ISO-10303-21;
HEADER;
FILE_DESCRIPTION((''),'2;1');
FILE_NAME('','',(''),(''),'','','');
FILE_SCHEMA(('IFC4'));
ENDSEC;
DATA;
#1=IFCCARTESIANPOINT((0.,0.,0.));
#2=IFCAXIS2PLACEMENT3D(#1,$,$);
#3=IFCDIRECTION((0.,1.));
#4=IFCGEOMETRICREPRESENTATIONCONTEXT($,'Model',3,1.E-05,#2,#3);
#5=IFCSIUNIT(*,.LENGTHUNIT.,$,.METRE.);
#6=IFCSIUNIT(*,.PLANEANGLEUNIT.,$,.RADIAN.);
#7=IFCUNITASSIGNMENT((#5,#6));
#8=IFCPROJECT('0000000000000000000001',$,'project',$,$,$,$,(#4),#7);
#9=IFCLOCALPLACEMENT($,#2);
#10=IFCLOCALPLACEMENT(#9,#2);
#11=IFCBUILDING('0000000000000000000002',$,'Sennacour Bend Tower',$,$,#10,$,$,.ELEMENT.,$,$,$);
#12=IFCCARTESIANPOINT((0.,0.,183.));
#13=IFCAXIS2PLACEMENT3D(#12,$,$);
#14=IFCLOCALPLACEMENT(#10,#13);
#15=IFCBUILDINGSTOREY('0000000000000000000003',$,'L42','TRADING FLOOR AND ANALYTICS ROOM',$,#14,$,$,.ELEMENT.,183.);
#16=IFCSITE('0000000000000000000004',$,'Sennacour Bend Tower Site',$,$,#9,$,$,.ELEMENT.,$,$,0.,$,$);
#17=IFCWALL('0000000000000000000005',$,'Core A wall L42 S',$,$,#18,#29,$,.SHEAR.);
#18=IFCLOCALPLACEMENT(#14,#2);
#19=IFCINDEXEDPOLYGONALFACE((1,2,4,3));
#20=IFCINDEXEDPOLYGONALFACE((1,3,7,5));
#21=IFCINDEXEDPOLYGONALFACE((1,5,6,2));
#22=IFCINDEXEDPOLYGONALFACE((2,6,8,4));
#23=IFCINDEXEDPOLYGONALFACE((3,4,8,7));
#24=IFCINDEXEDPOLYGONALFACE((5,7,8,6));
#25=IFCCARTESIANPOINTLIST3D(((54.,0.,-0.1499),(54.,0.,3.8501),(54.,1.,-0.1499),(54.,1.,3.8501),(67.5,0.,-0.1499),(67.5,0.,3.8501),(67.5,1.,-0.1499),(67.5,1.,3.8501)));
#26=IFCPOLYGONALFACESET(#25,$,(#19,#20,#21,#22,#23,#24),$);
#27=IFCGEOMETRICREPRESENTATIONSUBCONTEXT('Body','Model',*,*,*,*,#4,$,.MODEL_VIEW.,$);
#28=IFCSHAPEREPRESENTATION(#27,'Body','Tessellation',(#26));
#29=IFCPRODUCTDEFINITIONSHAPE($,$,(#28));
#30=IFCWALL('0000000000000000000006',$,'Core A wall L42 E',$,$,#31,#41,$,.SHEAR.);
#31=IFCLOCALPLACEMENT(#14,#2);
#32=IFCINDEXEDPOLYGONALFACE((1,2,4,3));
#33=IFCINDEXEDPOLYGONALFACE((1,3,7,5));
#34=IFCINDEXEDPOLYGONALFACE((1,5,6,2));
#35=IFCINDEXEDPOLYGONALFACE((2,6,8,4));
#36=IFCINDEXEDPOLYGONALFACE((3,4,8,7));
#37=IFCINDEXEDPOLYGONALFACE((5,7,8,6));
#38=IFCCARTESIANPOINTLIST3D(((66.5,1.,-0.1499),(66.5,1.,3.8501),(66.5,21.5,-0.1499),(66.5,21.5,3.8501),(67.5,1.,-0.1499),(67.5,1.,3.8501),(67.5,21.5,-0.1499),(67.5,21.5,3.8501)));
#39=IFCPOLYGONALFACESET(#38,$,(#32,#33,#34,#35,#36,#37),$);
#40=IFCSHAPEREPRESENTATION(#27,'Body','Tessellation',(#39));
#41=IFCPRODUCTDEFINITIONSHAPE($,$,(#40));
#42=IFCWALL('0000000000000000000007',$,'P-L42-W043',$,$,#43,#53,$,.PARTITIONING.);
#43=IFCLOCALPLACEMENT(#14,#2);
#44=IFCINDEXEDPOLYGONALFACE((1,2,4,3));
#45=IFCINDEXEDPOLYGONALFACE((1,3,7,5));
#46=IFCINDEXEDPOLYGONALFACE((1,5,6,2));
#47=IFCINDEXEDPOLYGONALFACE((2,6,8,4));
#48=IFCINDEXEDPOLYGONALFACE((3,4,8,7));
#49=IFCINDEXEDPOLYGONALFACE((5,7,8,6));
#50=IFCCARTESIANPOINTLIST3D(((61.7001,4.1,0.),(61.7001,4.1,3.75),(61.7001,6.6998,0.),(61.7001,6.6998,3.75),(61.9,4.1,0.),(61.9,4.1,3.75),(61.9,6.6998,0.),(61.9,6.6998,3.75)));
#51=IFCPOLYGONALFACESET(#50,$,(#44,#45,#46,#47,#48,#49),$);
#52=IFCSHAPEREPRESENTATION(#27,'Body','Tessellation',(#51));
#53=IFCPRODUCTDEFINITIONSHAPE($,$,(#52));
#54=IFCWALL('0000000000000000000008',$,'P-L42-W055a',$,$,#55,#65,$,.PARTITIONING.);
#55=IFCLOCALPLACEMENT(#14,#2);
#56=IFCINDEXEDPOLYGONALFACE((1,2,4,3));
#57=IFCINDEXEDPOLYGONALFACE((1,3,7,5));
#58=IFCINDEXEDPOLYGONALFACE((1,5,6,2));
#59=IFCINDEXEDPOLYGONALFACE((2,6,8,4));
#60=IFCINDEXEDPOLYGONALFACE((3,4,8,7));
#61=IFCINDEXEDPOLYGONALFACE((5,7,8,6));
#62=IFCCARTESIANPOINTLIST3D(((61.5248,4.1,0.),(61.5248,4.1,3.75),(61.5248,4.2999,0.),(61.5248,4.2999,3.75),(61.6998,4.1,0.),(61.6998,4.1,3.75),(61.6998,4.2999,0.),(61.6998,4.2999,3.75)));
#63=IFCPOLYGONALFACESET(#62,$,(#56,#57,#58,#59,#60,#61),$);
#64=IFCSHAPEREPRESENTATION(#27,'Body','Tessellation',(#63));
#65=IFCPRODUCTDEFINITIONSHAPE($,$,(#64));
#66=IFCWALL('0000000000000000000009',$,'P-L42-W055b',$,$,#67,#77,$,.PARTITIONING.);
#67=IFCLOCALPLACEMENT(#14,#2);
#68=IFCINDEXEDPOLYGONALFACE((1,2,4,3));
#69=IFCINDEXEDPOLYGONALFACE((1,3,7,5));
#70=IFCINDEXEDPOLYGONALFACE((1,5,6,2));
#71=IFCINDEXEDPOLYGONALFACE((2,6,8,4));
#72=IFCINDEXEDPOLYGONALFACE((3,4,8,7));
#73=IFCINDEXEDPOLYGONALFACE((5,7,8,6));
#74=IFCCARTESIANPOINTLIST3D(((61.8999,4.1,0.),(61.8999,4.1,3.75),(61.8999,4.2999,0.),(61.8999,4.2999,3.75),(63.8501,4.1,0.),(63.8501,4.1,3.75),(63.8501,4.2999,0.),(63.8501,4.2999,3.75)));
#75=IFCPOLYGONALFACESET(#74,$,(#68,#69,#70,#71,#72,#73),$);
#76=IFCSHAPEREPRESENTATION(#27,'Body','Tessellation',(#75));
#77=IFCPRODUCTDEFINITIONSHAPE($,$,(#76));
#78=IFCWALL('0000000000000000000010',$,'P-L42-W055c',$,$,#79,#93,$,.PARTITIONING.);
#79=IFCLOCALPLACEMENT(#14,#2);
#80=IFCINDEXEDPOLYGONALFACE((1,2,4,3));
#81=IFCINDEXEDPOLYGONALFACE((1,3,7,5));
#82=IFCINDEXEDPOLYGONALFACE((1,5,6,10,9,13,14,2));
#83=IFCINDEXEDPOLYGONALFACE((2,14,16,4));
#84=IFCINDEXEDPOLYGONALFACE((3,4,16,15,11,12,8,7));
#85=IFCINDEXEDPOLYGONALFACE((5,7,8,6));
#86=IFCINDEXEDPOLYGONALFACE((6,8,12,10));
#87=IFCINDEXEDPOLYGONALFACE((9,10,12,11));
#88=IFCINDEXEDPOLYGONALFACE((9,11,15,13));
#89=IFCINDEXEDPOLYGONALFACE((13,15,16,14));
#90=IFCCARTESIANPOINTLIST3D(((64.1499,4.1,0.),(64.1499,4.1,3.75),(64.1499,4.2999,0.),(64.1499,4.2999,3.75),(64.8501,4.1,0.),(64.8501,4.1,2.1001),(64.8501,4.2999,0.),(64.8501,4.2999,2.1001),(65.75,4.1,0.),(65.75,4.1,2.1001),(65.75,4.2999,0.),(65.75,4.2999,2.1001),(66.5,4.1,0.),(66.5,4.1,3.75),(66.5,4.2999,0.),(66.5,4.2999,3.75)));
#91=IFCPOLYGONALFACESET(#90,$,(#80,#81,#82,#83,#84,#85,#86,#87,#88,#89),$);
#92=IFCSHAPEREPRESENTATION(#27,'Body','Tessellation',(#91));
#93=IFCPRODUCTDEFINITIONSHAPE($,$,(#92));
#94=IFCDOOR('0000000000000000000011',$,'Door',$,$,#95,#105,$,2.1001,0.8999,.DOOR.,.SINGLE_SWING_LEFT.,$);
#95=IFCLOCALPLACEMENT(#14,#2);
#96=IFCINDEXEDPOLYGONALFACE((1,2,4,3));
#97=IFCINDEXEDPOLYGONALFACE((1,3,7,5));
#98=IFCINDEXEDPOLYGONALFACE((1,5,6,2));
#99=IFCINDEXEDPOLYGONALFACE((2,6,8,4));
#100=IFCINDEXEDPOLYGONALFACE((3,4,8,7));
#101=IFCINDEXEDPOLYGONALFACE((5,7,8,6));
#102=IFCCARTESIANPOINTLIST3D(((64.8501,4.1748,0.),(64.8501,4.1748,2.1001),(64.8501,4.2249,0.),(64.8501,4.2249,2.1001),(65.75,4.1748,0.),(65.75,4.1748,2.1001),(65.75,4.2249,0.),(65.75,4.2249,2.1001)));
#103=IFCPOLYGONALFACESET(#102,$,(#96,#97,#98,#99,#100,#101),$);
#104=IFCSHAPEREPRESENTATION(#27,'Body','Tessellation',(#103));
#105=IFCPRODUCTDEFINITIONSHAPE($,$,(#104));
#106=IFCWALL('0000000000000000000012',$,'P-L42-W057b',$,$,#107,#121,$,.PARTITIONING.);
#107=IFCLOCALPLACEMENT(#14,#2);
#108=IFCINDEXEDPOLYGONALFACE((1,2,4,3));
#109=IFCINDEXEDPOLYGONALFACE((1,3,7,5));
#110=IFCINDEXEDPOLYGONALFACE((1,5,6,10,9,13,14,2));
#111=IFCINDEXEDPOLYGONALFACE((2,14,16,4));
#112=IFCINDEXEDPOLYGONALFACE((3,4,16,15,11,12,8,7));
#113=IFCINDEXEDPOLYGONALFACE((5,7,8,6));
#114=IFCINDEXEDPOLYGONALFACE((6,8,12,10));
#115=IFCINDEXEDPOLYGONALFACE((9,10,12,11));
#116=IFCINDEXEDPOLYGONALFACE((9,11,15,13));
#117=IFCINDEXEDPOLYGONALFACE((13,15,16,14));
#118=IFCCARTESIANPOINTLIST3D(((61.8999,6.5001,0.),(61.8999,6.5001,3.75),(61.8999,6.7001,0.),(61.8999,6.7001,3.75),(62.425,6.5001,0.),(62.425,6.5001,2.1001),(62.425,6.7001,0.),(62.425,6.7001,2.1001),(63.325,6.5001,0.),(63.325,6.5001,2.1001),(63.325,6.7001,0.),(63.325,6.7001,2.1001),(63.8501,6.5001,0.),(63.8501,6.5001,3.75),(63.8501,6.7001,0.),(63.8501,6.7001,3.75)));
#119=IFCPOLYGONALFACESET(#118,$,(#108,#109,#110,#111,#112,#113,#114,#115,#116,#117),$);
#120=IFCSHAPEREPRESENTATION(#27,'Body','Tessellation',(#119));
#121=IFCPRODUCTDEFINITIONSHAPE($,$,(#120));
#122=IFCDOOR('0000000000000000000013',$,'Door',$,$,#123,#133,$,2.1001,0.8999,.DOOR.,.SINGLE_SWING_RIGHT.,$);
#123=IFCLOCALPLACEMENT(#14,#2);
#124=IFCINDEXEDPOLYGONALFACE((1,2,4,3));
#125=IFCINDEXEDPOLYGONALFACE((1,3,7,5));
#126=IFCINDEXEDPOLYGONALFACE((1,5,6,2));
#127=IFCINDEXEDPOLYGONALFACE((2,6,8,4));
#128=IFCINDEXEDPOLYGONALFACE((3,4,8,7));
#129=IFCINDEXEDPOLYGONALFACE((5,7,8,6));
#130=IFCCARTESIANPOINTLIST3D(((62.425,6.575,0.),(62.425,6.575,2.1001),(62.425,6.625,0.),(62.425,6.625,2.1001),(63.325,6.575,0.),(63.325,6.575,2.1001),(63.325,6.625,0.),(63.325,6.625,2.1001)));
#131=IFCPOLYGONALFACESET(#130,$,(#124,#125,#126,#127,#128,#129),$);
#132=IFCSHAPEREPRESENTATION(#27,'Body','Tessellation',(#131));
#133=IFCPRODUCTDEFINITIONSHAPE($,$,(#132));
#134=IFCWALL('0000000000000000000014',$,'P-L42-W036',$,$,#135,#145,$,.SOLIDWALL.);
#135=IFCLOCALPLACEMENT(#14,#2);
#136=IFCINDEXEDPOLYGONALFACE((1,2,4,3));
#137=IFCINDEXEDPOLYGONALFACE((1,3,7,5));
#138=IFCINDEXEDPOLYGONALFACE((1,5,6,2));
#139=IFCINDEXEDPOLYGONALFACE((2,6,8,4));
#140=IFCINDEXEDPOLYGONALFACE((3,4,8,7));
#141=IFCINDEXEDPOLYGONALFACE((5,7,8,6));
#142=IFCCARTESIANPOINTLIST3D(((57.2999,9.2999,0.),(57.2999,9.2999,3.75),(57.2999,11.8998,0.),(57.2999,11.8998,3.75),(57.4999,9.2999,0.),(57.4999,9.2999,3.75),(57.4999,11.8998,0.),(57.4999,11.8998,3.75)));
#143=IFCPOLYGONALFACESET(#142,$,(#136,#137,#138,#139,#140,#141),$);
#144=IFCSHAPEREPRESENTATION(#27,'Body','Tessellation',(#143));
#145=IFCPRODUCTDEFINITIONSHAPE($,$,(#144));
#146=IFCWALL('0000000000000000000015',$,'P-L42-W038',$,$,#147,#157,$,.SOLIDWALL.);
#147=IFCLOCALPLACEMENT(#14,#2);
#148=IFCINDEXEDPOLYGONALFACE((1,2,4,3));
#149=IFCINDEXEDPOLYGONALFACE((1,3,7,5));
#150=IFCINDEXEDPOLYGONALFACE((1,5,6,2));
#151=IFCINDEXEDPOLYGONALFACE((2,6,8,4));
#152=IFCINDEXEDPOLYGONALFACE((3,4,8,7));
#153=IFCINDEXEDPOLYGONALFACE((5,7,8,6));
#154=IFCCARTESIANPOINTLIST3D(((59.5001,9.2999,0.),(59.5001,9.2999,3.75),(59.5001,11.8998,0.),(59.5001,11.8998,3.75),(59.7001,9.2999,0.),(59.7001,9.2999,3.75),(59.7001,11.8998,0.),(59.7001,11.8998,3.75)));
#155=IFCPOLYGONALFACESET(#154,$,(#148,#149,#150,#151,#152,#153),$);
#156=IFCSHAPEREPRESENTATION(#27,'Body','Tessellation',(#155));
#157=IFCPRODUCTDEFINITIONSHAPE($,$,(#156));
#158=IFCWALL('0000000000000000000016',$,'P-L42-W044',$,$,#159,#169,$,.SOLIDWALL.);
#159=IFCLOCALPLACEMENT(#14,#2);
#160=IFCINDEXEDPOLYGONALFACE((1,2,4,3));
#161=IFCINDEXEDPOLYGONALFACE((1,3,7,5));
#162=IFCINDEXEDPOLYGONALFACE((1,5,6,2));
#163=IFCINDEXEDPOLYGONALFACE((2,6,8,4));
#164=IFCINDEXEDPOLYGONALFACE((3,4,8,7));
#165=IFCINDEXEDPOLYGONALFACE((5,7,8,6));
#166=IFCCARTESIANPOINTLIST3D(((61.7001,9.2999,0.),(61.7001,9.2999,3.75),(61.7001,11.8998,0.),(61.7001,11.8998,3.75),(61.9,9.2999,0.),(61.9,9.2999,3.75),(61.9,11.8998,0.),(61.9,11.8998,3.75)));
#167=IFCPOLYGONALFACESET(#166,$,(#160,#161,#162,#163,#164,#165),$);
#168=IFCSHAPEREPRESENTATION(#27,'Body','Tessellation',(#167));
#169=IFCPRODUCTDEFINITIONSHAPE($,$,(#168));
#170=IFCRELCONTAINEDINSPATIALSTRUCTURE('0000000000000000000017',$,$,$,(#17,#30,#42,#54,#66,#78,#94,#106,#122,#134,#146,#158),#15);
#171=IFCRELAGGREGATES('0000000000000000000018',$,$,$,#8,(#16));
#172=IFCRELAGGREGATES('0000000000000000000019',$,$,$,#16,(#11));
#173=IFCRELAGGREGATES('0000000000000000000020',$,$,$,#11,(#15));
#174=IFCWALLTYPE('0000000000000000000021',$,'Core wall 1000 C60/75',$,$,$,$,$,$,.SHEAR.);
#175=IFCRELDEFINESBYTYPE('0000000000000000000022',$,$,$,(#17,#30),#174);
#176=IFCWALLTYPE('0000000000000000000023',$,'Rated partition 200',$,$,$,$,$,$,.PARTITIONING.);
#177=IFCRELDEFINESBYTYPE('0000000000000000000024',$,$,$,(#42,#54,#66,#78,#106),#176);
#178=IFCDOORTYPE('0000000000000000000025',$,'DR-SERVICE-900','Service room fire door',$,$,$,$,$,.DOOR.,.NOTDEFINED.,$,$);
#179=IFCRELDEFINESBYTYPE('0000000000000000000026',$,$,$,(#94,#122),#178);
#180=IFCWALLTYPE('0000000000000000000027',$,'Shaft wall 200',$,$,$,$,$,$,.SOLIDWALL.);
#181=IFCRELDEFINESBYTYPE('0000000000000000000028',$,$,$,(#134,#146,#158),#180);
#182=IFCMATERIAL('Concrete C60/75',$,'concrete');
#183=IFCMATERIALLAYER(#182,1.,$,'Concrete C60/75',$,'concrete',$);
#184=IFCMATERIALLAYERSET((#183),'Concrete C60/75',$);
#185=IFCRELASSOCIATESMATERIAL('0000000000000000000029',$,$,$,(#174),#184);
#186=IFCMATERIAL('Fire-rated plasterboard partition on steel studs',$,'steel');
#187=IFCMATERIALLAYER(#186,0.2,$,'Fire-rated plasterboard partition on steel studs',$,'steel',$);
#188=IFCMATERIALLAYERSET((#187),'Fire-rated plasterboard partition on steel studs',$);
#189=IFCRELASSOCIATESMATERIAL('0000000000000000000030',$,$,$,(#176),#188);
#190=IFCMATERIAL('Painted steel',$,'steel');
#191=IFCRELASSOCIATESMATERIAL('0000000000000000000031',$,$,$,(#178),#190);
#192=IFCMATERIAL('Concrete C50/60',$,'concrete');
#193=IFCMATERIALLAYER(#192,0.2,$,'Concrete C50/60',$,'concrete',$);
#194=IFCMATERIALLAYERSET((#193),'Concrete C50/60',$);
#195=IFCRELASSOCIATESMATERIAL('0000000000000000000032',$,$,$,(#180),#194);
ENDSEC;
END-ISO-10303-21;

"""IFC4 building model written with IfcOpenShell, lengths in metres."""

from ifc_helpers import new_model, si_unit, direction, frame, frame_2d, origin, place, context, subcontext, project, spatial, rectangle, extrude, material, layer, layer_set, type_object, element, fill, save


model = new_model("IFC4")

# Units and contexts
model_context = context("Model", 3, precision=1e-05, world=origin(), true_north=direction((0.0, 1.0)))
body_context = subcontext(model_context, "Body", "Model", "MODEL_VIEW")
ifc_project = project(units=[si_unit("LENGTHUNIT", "METRE"), si_unit("PLANEANGLEUNIT", "RADIAN")], contexts=[model_context])

# Site, building, storey
site_placement = place(None, origin())
site = spatial("IfcSite", under=ifc_project, at=site_placement, Name="Sennacour Bend Tower Site", CompositionType="ELEMENT", RefElevation=0.0)
building_placement = place(site_placement, origin())
building = spatial("IfcBuilding", under=site, at=building_placement, Name="Sennacour Bend Tower", CompositionType="ELEMENT")
storey_placement = place(building_placement, frame((0.0, 0.0, 183.0)))
storey = spatial("IfcBuildingStorey", under=building, at=storey_placement, Name="L42", Description="TRADING FLOOR AND ANALYTICS ROOM", CompositionType="ELEMENT", Elevation=183.0)

# Walls
ifc_material_1 = material(Name="Concrete C60/75", Category="concrete")
ifc_layer_1 = layer(ifc_material_1, 1.0, Name="Concrete C60/75", Category="concrete")
ifc_layer_set_1 = layer_set([ifc_layer_1], Name="Concrete C60/75")
wall_type_1 = type_object("IfcWallType", Name="Core wall 1000 C60/75", PredefinedType="SHEAR", material=ifc_layer_set_1)
wall_1_placement = place(storey_placement, frame((67.5, 0.5, -0.1499), z_axis=(0.0, 0.0, 1.0), x_axis=(-1.0, 0.0, 0.0)))
element("IfcWall", 1, at=wall_1_placement, inside=storey, type_object=wall_type_1, Name="Core A wall L42 S", PredefinedType="SHEAR", context=body_context, shape_type="SweptSolid", body=[
    extrude(rectangle(XDim=13.5, YDim=1.0, at=frame_2d((6.75, 0.0))), origin(), (0.0, 0.0, 1.0), 4.0),
])
wall_2_placement = place(storey_placement, frame((67.0, 1.0, -0.1499), z_axis=(0.0, 0.0, 1.0), x_axis=(0.0, 1.0, 0.0)))
element("IfcWall", 2, at=wall_2_placement, inside=storey, type_object=wall_type_1, Name="Core A wall L42 E", PredefinedType="SHEAR", context=body_context, shape_type="SweptSolid", body=[
    extrude(rectangle(XDim=20.5, YDim=1.0, at=frame_2d((10.25, 0.0))), origin(), (0.0, 0.0, 1.0), 4.0),
])
ifc_material_2 = material(Name="Fire-rated plasterboard partition on steel studs", Category="steel")
ifc_layer_2 = layer(ifc_material_2, 0.2, Name="Fire-rated plasterboard partition on steel studs", Category="steel")
ifc_layer_set_2 = layer_set([ifc_layer_2], Name="Fire-rated plasterboard partition on steel studs")
wall_type_2 = type_object("IfcWallType", Name="Rated partition 200", PredefinedType="PARTITIONING", material=ifc_layer_set_2)
wall_3_placement = place(storey_placement, frame((61.8, 4.1001, 0.0), z_axis=(0.0, 0.0, 1.0), x_axis=(0.0, 1.0, 0.0)))
element("IfcWall", 3, at=wall_3_placement, inside=storey, type_object=wall_type_2, Name="P-L42-W043", PredefinedType="PARTITIONING", context=body_context, shape_type="SweptSolid", body=[
    extrude(rectangle(XDim=2.5999, YDim=0.2, at=frame_2d((1.2998, 0.0))), origin(), (0.0, 0.0, 1.0), 3.75),
])
wall_4_placement = place(storey_placement, frame((61.5249, 4.2, 0.0), z_axis=(0.0, 0.0, 1.0), x_axis=(1.0, 0.0, 0.0)))
element("IfcWall", 4, at=wall_4_placement, inside=storey, type_object=wall_type_2, Name="P-L42-W055a", PredefinedType="PARTITIONING", context=body_context, shape_type="SweptSolid", body=[
    extrude(rectangle(XDim=0.175, YDim=0.2, at=frame_2d((0.0874, 0.0))), origin(), (0.0, 0.0, 1.0), 3.75),
])
wall_5_placement = place(storey_placement, frame((61.8999, 4.2, 0.0), z_axis=(0.0, 0.0, 1.0), x_axis=(1.0, 0.0, 0.0)))
element("IfcWall", 5, at=wall_5_placement, inside=storey, type_object=wall_type_2, Name="P-L42-W055b", PredefinedType="PARTITIONING", context=body_context, shape_type="SweptSolid", body=[
    extrude(rectangle(XDim=1.9502, YDim=0.2, at=frame_2d((0.9751, 0.0))), origin(), (0.0, 0.0, 1.0), 3.75),
])

# Walls, openings, doors
wall_6_placement = place(storey_placement, frame((64.1499, 4.2, 0.0), z_axis=(0.0, 0.0, 1.0), x_axis=(1.0, 0.0, 0.0)))
wall_6 = element("IfcWall", 6, at=wall_6_placement, inside=storey, type_object=wall_type_2, Name="P-L42-W055c", PredefinedType="PARTITIONING", context=body_context, shape_type="SweptSolid", body=[
    extrude(rectangle(XDim=2.3501, YDim=0.2, at=frame_2d((1.175, 0.0))), origin(), (0.0, 0.0, 1.0), 3.75),
])
opening_1_placement = place(wall_6_placement, frame((0.7002, 0.0, 0.0)))
opening_1 = element("IfcOpeningElement", 7, at=opening_1_placement, cuts=wall_6, PredefinedType="OPENING", context=body_context, shape_type="SweptSolid", body=[
    extrude(rectangle(XDim=0.8999, YDim=2.1001, at=frame_2d((0.45, 1.05))), frame((0.0, 0.1099, 0.0), z_axis=(0.0, -1.0, 0.0), x_axis=(1.0, 0.0, 0.0)), (0.0, 0.0, 1.0), 0.22),
])
ifc_material_3 = material(Name="Painted steel", Category="steel")
door_type_1 = type_object("IfcDoorType", Name="DR-SERVICE-900", Description="Service room fire door", OperationType="NOTDEFINED", PredefinedType="DOOR", material=ifc_material_3)
door_1_placement = place(opening_1_placement, origin())
door_1 = element("IfcDoor", 8, at=door_1_placement, inside=storey, type_object=door_type_1, Name="Door", OperationType="SINGLE_SWING_LEFT", OverallHeight=2.1001, OverallWidth=0.8999, PredefinedType="DOOR", context=body_context, shape_type="SweptSolid", body=[
    extrude(rectangle(XDim=0.8999, YDim=2.1001, at=frame_2d((0.45, 1.05))), frame((0.0, 0.0249, 0.0), z_axis=(0.0, -1.0, 0.0), x_axis=(1.0, 0.0, 0.0)), (0.0, 0.0, 1.0), 0.05),
])
fill(opening_1, door_1)
wall_7_placement = place(storey_placement, frame((61.8999, 6.6001, 0.0), z_axis=(0.0, 0.0, 1.0), x_axis=(1.0, 0.0, 0.0)))
wall_7 = element("IfcWall", 9, at=wall_7_placement, inside=storey, type_object=wall_type_2, Name="P-L42-W057b", PredefinedType="PARTITIONING", context=body_context, shape_type="SweptSolid", body=[
    extrude(rectangle(XDim=1.9502, YDim=0.2, at=frame_2d((0.9751, 0.0))), origin(), (0.0, 0.0, 1.0), 3.75),
])
opening_2_placement = place(wall_7_placement, frame((0.5251, 0.0, 0.0)))
opening_2 = element("IfcOpeningElement", 10, at=opening_2_placement, cuts=wall_7, PredefinedType="OPENING", context=body_context, shape_type="SweptSolid", body=[
    extrude(rectangle(XDim=0.8999, YDim=2.1001, at=frame_2d((0.45, 1.05))), frame((0.0, 0.1099, 0.0), z_axis=(0.0, -1.0, 0.0), x_axis=(1.0, 0.0, 0.0)), (0.0, 0.0, 1.0), 0.22),
])
door_2_placement = place(opening_2_placement, origin())
door_2 = element("IfcDoor", 11, at=door_2_placement, inside=storey, type_object=door_type_1, Name="Door", OperationType="SINGLE_SWING_RIGHT", OverallHeight=2.1001, OverallWidth=0.8999, PredefinedType="DOOR", context=body_context, shape_type="SweptSolid", body=[
    extrude(rectangle(XDim=0.8999, YDim=2.1001, at=frame_2d((0.45, 1.05))), frame((0.0, 0.0249, 0.0), z_axis=(0.0, -1.0, 0.0), x_axis=(1.0, 0.0, 0.0)), (0.0, 0.0, 1.0), 0.05),
])
fill(opening_2, door_2)

# Walls
ifc_material_4 = material(Name="Concrete C50/60", Category="concrete")
ifc_layer_3 = layer(ifc_material_4, 0.2, Name="Concrete C50/60", Category="concrete")
ifc_layer_set_3 = layer_set([ifc_layer_3], Name="Concrete C50/60")
wall_type_3 = type_object("IfcWallType", Name="Shaft wall 200", PredefinedType="SOLIDWALL", material=ifc_layer_set_3)
for number, where, z_axis, x_axis, name in (
    (12, (57.3999, 9.3, 0.0), (0.0, 0.0, 1.0), (0.0, 1.0, 0.0), "P-L42-W036"),
    (13, (59.6001, 9.3, 0.0), (0.0, 0.0, 1.0), (0.0, 1.0, 0.0), "P-L42-W038"),
    (14, (61.8, 9.3, 0.0), (0.0, 0.0, 1.0), (0.0, 1.0, 0.0), "P-L42-W044"),
):
    element("IfcWall", number, at=place(storey_placement, frame(where, z_axis=z_axis, x_axis=x_axis)), inside=storey, type_object=wall_type_3, Name=name, PredefinedType="SOLIDWALL", context=body_context, shape_type="SweptSolid", body=[
        extrude(rectangle(XDim=2.5999, YDim=0.2, at=frame_2d((1.2998, 0.0))), origin(), (0.0, 0.0, 1.0), 3.75),
    ])

save(model, "model.ifc")
